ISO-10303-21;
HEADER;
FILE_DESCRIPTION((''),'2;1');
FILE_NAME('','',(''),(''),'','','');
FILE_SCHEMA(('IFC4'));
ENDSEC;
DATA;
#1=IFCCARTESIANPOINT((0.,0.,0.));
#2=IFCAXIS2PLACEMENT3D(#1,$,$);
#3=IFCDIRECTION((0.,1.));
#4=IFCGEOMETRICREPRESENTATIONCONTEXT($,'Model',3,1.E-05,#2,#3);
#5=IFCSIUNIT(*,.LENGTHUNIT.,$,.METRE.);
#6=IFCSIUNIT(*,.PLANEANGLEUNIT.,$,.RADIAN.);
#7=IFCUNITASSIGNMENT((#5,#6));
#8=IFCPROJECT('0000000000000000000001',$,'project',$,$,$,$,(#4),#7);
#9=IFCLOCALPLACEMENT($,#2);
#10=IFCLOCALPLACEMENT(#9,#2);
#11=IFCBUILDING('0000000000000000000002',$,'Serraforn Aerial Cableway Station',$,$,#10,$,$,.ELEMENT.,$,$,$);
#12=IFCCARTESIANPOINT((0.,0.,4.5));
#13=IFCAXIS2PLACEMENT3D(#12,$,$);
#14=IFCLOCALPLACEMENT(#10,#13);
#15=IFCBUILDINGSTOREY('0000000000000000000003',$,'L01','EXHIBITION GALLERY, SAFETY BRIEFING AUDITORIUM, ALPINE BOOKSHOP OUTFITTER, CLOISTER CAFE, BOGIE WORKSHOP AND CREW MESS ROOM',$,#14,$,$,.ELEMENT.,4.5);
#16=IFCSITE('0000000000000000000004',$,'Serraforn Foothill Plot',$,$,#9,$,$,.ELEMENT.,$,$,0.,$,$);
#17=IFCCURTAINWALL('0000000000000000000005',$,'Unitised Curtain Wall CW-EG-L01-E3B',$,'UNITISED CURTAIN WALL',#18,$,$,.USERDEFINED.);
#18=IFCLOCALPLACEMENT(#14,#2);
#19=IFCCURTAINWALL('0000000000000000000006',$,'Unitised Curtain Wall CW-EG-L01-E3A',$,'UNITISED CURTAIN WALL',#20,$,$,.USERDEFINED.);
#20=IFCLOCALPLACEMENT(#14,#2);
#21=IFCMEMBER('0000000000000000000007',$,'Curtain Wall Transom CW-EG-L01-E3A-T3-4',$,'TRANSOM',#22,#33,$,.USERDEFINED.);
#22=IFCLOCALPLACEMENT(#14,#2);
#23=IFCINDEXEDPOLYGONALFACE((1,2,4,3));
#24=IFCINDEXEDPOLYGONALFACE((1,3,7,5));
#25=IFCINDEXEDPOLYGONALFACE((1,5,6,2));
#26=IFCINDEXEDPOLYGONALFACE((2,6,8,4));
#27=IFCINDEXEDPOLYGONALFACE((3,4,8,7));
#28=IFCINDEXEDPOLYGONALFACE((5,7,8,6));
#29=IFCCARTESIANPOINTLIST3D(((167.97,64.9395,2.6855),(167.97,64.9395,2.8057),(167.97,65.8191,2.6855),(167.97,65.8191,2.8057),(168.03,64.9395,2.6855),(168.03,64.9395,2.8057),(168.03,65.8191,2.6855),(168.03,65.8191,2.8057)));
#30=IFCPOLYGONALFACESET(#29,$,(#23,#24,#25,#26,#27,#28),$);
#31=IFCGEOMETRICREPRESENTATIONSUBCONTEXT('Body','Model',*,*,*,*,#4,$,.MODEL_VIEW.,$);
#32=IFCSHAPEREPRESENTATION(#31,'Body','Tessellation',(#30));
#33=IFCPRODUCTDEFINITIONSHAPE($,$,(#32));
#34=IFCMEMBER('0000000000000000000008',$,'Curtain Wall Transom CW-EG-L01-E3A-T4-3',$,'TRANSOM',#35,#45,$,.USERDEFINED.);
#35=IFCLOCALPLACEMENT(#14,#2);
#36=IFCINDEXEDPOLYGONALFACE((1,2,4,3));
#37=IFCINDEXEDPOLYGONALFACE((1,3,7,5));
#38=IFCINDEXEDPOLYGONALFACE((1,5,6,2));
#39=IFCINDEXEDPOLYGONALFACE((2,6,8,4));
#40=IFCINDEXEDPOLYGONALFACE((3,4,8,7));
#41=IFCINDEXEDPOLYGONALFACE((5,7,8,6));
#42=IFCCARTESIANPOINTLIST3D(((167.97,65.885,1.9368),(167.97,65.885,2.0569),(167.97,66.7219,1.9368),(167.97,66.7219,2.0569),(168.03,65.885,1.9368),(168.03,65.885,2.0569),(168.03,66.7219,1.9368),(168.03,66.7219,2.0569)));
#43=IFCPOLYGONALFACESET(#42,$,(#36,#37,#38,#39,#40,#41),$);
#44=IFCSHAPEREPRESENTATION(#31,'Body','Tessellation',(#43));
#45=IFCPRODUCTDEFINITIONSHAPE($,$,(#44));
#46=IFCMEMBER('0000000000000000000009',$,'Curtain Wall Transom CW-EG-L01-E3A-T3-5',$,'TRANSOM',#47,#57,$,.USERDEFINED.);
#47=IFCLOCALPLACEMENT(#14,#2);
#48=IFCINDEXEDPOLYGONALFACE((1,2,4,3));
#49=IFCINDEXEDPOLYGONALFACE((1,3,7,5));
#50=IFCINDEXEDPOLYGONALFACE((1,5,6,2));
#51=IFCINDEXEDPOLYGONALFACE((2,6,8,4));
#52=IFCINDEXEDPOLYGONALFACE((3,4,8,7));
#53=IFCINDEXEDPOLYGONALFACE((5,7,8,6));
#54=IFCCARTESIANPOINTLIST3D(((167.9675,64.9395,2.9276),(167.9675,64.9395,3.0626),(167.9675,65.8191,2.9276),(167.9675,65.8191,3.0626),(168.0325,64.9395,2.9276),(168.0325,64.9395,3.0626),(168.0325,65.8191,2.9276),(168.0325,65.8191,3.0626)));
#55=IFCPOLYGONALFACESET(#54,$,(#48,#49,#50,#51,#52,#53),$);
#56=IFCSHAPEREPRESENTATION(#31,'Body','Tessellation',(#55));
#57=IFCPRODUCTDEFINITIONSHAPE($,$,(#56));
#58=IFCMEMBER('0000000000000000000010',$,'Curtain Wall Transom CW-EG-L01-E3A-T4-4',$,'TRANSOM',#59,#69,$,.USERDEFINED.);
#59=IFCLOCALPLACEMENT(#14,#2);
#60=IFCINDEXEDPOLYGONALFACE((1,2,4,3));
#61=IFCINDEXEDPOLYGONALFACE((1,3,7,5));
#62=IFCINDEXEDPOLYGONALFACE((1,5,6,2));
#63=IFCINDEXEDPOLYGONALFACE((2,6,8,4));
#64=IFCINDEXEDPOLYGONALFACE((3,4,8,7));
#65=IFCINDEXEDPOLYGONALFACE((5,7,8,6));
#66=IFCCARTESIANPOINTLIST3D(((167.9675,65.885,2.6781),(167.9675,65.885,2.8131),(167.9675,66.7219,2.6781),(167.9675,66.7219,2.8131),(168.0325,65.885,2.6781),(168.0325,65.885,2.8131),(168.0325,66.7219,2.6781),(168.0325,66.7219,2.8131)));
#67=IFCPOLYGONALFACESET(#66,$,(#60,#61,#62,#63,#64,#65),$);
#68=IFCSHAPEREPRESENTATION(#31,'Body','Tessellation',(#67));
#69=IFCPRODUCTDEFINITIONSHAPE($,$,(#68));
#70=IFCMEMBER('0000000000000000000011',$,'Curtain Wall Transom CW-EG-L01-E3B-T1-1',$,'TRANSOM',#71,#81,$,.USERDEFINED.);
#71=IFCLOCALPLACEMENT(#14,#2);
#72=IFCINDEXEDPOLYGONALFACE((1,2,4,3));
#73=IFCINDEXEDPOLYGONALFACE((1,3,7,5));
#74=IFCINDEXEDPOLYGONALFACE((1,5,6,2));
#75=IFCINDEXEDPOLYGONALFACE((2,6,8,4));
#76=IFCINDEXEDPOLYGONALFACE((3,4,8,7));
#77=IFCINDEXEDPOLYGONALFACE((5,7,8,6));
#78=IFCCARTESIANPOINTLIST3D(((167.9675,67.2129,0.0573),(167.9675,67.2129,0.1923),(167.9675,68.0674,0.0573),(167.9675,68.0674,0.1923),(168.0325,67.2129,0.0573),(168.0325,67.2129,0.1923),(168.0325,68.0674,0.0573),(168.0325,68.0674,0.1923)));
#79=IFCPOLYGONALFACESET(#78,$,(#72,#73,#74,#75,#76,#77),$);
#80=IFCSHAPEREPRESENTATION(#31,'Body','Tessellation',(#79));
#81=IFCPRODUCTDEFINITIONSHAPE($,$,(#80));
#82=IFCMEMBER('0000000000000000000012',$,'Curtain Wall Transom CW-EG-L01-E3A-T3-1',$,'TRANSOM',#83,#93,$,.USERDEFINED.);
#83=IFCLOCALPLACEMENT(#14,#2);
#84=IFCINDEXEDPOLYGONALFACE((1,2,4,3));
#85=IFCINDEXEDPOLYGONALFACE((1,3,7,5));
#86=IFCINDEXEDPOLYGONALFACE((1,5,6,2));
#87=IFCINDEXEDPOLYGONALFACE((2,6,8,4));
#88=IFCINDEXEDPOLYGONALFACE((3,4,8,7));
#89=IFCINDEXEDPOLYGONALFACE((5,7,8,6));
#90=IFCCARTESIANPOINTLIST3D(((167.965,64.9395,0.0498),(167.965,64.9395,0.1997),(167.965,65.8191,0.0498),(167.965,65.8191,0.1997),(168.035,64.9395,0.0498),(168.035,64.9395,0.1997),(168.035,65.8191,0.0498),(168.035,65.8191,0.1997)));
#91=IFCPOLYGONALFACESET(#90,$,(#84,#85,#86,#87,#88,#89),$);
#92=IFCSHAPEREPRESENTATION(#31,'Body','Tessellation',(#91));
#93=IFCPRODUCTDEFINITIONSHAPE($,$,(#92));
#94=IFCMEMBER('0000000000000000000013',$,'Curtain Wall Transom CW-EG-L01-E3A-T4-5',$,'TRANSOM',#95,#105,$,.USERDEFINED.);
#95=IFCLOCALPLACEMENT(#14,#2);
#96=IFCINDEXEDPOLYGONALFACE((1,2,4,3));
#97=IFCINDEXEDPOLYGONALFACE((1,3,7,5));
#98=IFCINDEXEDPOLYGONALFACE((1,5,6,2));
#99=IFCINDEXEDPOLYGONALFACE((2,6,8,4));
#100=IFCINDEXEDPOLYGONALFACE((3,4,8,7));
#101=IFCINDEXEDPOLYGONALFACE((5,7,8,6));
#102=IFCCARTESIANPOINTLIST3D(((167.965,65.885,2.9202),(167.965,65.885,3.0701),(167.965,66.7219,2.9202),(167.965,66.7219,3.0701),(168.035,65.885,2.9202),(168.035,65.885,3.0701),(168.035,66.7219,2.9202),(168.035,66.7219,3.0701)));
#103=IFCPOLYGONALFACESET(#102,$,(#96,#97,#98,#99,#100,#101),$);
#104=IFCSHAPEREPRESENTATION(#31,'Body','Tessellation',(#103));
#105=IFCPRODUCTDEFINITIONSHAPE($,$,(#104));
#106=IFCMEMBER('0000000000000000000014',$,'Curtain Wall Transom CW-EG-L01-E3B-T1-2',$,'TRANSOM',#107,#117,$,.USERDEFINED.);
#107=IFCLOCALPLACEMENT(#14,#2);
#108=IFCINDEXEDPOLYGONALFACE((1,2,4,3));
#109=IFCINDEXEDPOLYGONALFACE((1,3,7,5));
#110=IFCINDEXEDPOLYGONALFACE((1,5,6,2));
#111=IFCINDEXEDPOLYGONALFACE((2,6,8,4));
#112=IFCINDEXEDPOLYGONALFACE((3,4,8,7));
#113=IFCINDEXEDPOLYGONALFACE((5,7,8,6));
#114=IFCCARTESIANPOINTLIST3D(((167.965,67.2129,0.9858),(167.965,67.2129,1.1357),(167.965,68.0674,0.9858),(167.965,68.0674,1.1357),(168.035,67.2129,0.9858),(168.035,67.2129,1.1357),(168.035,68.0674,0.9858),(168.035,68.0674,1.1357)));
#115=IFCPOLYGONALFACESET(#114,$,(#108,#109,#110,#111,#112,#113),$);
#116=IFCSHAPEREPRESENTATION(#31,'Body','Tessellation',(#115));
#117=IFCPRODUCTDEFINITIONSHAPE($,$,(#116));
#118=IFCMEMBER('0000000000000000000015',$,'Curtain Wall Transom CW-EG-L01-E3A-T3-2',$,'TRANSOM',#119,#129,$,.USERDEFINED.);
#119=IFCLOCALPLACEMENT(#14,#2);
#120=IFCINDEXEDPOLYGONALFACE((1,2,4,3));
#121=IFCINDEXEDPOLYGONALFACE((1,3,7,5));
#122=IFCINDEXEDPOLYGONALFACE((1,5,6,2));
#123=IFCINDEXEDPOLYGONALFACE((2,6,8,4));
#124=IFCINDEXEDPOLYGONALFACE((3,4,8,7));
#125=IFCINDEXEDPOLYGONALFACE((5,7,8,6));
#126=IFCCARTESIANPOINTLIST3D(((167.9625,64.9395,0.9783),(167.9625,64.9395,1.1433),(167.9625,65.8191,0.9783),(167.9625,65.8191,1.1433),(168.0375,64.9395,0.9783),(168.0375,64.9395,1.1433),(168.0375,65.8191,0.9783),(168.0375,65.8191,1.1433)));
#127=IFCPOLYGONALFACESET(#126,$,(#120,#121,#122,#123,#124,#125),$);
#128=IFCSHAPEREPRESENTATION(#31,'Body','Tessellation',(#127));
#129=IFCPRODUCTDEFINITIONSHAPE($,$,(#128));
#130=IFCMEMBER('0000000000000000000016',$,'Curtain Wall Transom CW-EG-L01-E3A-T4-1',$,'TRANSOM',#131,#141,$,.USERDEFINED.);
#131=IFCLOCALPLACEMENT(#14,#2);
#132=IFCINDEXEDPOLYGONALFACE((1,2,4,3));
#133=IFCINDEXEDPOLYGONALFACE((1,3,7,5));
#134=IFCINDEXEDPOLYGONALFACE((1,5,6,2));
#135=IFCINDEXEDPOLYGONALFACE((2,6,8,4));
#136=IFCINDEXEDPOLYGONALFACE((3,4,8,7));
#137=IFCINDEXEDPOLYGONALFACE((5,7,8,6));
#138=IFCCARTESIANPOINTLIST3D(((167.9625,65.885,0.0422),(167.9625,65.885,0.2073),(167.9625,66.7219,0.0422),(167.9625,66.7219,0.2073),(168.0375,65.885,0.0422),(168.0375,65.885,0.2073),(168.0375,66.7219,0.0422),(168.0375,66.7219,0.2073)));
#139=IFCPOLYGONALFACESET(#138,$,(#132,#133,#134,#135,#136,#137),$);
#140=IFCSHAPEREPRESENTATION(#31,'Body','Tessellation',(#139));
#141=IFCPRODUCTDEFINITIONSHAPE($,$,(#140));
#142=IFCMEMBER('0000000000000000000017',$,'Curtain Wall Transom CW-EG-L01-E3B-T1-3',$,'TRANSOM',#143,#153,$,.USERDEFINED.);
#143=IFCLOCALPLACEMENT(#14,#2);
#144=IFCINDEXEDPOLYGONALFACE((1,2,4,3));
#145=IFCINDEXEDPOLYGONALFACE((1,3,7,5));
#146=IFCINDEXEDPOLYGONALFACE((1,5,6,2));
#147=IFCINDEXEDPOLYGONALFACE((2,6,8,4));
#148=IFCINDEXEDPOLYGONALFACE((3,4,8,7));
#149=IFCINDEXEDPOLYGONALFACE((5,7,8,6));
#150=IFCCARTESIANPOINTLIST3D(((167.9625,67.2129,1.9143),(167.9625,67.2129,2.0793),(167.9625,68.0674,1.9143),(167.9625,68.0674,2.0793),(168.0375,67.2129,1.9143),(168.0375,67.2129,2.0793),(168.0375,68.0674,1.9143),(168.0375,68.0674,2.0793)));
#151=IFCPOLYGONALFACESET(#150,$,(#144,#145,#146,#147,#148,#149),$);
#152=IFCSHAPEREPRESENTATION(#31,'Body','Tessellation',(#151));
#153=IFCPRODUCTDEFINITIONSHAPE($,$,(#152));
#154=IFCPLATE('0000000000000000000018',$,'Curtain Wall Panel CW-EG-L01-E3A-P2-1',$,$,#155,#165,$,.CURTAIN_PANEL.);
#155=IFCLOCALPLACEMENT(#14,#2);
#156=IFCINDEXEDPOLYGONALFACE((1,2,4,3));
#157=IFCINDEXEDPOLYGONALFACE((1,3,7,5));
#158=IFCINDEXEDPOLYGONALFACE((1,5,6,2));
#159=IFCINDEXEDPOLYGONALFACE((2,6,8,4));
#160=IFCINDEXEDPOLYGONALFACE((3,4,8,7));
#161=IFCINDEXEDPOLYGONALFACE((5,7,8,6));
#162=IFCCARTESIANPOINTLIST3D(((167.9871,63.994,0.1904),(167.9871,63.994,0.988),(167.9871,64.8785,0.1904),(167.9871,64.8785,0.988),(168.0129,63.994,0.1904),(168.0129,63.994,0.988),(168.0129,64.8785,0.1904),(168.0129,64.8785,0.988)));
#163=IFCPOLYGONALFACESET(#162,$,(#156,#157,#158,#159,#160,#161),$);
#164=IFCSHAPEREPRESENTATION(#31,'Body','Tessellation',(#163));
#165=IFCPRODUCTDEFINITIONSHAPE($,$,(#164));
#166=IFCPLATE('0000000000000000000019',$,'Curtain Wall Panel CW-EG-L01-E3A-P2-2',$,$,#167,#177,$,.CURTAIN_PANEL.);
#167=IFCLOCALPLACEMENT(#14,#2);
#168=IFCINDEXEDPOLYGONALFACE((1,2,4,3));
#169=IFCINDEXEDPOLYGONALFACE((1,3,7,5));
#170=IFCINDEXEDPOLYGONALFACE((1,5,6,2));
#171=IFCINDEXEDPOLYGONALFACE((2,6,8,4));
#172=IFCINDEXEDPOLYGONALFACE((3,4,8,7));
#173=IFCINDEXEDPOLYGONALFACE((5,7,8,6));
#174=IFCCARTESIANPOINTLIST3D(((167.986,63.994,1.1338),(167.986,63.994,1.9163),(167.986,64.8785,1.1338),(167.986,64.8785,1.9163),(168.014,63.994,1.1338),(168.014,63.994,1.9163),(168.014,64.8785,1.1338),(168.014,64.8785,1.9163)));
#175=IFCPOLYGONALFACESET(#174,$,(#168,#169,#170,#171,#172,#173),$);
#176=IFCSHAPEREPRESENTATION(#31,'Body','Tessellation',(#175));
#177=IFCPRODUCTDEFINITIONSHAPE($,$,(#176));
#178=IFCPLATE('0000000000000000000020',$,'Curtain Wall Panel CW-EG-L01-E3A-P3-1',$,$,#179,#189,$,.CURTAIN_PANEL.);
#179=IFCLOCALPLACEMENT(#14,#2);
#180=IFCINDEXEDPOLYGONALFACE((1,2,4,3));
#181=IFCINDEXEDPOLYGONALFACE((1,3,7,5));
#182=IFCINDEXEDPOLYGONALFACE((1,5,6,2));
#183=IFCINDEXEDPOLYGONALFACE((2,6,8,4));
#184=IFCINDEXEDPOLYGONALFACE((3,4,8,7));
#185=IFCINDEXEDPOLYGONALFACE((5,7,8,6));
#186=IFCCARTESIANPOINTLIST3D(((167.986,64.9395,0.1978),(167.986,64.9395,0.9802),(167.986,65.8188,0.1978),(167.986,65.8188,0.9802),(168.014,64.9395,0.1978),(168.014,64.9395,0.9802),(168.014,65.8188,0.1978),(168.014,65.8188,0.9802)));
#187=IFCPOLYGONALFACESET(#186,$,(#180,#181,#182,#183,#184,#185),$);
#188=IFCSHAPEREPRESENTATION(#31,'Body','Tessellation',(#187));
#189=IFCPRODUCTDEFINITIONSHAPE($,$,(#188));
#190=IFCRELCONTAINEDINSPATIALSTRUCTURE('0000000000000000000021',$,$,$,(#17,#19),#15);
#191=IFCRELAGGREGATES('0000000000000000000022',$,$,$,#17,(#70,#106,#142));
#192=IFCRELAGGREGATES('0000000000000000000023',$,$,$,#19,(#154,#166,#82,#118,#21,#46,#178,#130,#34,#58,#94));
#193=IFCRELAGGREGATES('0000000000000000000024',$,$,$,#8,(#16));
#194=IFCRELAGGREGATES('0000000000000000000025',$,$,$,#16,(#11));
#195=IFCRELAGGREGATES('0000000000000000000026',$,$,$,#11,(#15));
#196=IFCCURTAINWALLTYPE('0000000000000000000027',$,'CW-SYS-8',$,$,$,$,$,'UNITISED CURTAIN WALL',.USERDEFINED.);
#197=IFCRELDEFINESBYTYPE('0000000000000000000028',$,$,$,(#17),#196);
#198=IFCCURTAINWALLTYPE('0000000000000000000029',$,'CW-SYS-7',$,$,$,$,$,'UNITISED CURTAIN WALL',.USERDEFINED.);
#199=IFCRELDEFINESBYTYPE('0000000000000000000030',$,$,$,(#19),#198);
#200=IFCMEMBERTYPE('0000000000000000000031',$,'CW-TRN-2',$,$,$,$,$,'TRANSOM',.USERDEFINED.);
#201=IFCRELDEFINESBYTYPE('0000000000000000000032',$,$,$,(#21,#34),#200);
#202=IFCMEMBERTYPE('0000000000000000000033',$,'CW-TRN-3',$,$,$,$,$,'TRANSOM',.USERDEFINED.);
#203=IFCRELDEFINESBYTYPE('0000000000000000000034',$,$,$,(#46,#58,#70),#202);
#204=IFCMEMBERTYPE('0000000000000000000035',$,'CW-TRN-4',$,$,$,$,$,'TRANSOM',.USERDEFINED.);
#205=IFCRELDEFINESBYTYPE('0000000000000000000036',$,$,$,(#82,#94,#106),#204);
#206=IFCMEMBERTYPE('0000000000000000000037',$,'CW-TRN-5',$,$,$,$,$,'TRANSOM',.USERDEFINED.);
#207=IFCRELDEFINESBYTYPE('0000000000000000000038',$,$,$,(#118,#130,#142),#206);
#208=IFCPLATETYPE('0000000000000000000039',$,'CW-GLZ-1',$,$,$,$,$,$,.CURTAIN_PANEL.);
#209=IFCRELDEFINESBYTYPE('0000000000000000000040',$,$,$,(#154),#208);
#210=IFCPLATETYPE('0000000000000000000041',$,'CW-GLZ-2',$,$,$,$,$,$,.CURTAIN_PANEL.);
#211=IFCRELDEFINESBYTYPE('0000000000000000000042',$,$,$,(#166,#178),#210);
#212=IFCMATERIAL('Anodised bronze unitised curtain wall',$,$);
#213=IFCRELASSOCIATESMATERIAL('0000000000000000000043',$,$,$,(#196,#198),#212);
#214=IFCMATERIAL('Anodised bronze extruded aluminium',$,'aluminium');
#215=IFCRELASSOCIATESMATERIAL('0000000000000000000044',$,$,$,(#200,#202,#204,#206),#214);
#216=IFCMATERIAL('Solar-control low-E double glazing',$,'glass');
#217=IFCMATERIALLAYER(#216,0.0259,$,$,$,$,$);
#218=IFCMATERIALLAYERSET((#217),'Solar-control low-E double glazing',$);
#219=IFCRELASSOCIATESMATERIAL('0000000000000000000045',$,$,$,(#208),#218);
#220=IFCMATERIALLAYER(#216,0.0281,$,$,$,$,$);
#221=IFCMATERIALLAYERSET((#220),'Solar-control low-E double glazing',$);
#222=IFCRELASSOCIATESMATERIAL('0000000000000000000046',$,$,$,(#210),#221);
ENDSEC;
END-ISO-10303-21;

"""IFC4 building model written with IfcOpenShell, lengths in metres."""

from ifc_helpers import new_model, si_unit, direction, frame, origin, origin_2d, place, context, subcontext, project, spatial, rectangle, extrude, material, layer, layer_set, material_profile, profile_set, type_object, element, aggregate, save


model = new_model("IFC4")

# Units and contexts
model_context = context("Model", 3, precision=1e-05, world=origin(), true_north=direction((0.0, 1.0)))
body_context = subcontext(model_context, "Body", "Model", "MODEL_VIEW")
ifc_project = project(units=[si_unit("LENGTHUNIT", "METRE"), si_unit("PLANEANGLEUNIT", "RADIAN")], contexts=[model_context])

# Site, building, storey
site_placement = place(None, origin())
site = spatial("IfcSite", under=ifc_project, at=site_placement, Name="Serraforn Foothill Plot", CompositionType="ELEMENT", RefElevation=0.0)
building_placement = place(site_placement, origin())
building = spatial("IfcBuilding", under=site, at=building_placement, Name="Serraforn Aerial Cableway Station", CompositionType="ELEMENT")
storey_placement = place(building_placement, frame((0.0, 0.0, 4.5)))
storey = spatial("IfcBuildingStorey", under=building, at=storey_placement, Name="L01", Description="EXHIBITION GALLERY, SAFETY BRIEFING AUDITORIUM, ALPINE BOOKSHOP OUTFITTER, CLOISTER CAFE, BOGIE WORKSHOP AND CREW MESS ROOM", CompositionType="ELEMENT", Elevation=4.5)

# Curtain wall
ifc_material_1 = material(Name="Anodised bronze unitised curtain wall")
curtain_wall_type_1 = type_object("IfcCurtainWallType", Name="CW-SYS-8", ElementType="UNITISED CURTAIN WALL", PredefinedType="USERDEFINED", material=ifc_material_1)
curtain_wall_1_placement = place(storey_placement, origin())
curtain_wall_1 = element("IfcCurtainWall", 1, at=curtain_wall_1_placement, inside=storey, type_object=curtain_wall_type_1, Name="Unitised Curtain Wall CW-EG-L01-E3B", ObjectType="UNITISED CURTAIN WALL", PredefinedType="USERDEFINED")
ifc_material_2 = material(Name="Anodised bronze extruded aluminium", Category="aluminium")

# Curtain wall, members
curtain_wall_type_2 = type_object("IfcCurtainWallType", Name="CW-SYS-7", ElementType="UNITISED CURTAIN WALL", PredefinedType="USERDEFINED", material=ifc_material_1)
curtain_wall_2_placement = place(storey_placement, origin())
curtain_wall_2 = element("IfcCurtainWall", 2, at=curtain_wall_2_placement, inside=storey, type_object=curtain_wall_type_2, Name="Unitised Curtain Wall CW-EG-L01-E3A", ObjectType="UNITISED CURTAIN WALL", PredefinedType="USERDEFINED")
ifc_material_profile_1 = material_profile(ifc_material_2, rectangle(XDim=0.0601, YDim=0.1201, at=origin_2d()), Name="CW TRANSOM 60x120")
ifc_profile_set_1 = profile_set([ifc_material_profile_1], Name="Anodised bronze extruded aluminium")
member_type_1 = type_object("IfcMemberType", Name="CW-TRN-2", ElementType="TRANSOM", PredefinedType="USERDEFINED", material=ifc_profile_set_1)
member_1_placement = place(storey_placement, frame((168.0, 64.9395, 2.7456), z_axis=(0.0, 1.0, 0.0), x_axis=(-1.0, 0.0, 0.0)))
member_1 = element("IfcMember", 3, at=member_1_placement, type_object=member_type_1, Name="Curtain Wall Transom CW-EG-L01-E3A-T3-4", ObjectType="TRANSOM", PredefinedType="USERDEFINED", context=body_context, shape_type="SweptSolid", body=[
    extrude(rectangle(XDim=0.0601, YDim=0.1201, at=origin_2d()), origin(), (0.0, 0.0, 1.0), 0.8796),
])
member_2_placement = place(storey_placement, frame((168.0, 65.885, 1.9968), z_axis=(0.0, 1.0, 0.0), x_axis=(-1.0, 0.0, 0.0)))
member_2 = element("IfcMember", 4, at=member_2_placement, type_object=member_type_1, Name="Curtain Wall Transom CW-EG-L01-E3A-T4-3", ObjectType="TRANSOM", PredefinedType="USERDEFINED", context=body_context, shape_type="SweptSolid", body=[
    extrude(rectangle(XDim=0.0601, YDim=0.1201, at=origin_2d()), origin(), (0.0, 0.0, 1.0), 0.8369),
])
ifc_material_profile_2 = material_profile(ifc_material_2, rectangle(XDim=0.0649, YDim=0.135, at=origin_2d()), Name="CW TRANSOM 65x135")
ifc_profile_set_2 = profile_set([ifc_material_profile_2], Name="Anodised bronze extruded aluminium")
member_type_2 = type_object("IfcMemberType", Name="CW-TRN-3", ElementType="TRANSOM", PredefinedType="USERDEFINED", material=ifc_profile_set_2)
member_3_placement = place(storey_placement, frame((168.0, 64.9395, 2.9951), z_axis=(0.0, 1.0, 0.0), x_axis=(-1.0, 0.0, 0.0)))
member_3 = element("IfcMember", 5, at=member_3_placement, type_object=member_type_2, Name="Curtain Wall Transom CW-EG-L01-E3A-T3-5", ObjectType="TRANSOM", PredefinedType="USERDEFINED", context=body_context, shape_type="SweptSolid", body=[
    extrude(rectangle(XDim=0.0649, YDim=0.135, at=origin_2d()), origin(), (0.0, 0.0, 1.0), 0.8796),
])
member_4_placement = place(storey_placement, frame((168.0, 65.885, 2.7456), z_axis=(0.0, 1.0, 0.0), x_axis=(-1.0, 0.0, 0.0)))
member_4 = element("IfcMember", 6, at=member_4_placement, type_object=member_type_2, Name="Curtain Wall Transom CW-EG-L01-E3A-T4-4", ObjectType="TRANSOM", PredefinedType="USERDEFINED", context=body_context, shape_type="SweptSolid", body=[
    extrude(rectangle(XDim=0.0649, YDim=0.135, at=origin_2d()), origin(), (0.0, 0.0, 1.0), 0.8369),
])

# Members
member_5_placement = place(storey_placement, frame((168.0, 67.2129, 0.1248), z_axis=(0.0, 1.0, 0.0), x_axis=(-1.0, 0.0, 0.0)))
member_5 = element("IfcMember", 7, at=member_5_placement, type_object=member_type_2, Name="Curtain Wall Transom CW-EG-L01-E3B-T1-1", ObjectType="TRANSOM", PredefinedType="USERDEFINED", context=body_context, shape_type="SweptSolid", body=[
    extrude(rectangle(XDim=0.0649, YDim=0.135, at=origin_2d()), origin(), (0.0, 0.0, 1.0), 0.8545),
])
ifc_material_profile_3 = material_profile(ifc_material_2, rectangle(XDim=0.0701, YDim=0.1499, at=origin_2d()), Name="CW TRANSOM 70x150")
ifc_profile_set_3 = profile_set([ifc_material_profile_3], Name="Anodised bronze extruded aluminium")
member_type_3 = type_object("IfcMemberType", Name="CW-TRN-4", ElementType="TRANSOM", PredefinedType="USERDEFINED", material=ifc_profile_set_3)
member_6_placement = place(storey_placement, frame((168.0, 64.9395, 0.1248), z_axis=(0.0, 1.0, 0.0), x_axis=(-1.0, 0.0, 0.0)))
member_6 = element("IfcMember", 8, at=member_6_placement, type_object=member_type_3, Name="Curtain Wall Transom CW-EG-L01-E3A-T3-1", ObjectType="TRANSOM", PredefinedType="USERDEFINED", context=body_context, shape_type="SweptSolid", body=[
    extrude(rectangle(XDim=0.0701, YDim=0.1499, at=origin_2d()), origin(), (0.0, 0.0, 1.0), 0.8796),
])
member_7_placement = place(storey_placement, frame((168.0, 65.885, 2.9951), z_axis=(0.0, 1.0, 0.0), x_axis=(-1.0, 0.0, 0.0)))
member_7 = element("IfcMember", 9, at=member_7_placement, type_object=member_type_3, Name="Curtain Wall Transom CW-EG-L01-E3A-T4-5", ObjectType="TRANSOM", PredefinedType="USERDEFINED", context=body_context, shape_type="SweptSolid", body=[
    extrude(rectangle(XDim=0.0701, YDim=0.1499, at=origin_2d()), origin(), (0.0, 0.0, 1.0), 0.8369),
])
member_8_placement = place(storey_placement, frame((168.0, 67.2129, 1.0608), z_axis=(0.0, 1.0, 0.0), x_axis=(-1.0, 0.0, 0.0)))
member_8 = element("IfcMember", 10, at=member_8_placement, type_object=member_type_3, Name="Curtain Wall Transom CW-EG-L01-E3B-T1-2", ObjectType="TRANSOM", PredefinedType="USERDEFINED", context=body_context, shape_type="SweptSolid", body=[
    extrude(rectangle(XDim=0.0701, YDim=0.1499, at=origin_2d()), origin(), (0.0, 0.0, 1.0), 0.8545),
])
ifc_material_profile_4 = material_profile(ifc_material_2, rectangle(XDim=0.075, YDim=0.165, at=origin_2d()), Name="CW TRANSOM 75x165")
ifc_profile_set_4 = profile_set([ifc_material_profile_4], Name="Anodised bronze extruded aluminium")
member_type_4 = type_object("IfcMemberType", Name="CW-TRN-5", ElementType="TRANSOM", PredefinedType="USERDEFINED", material=ifc_profile_set_4)
member_9_placement = place(storey_placement, frame((168.0, 64.9395, 1.0608), z_axis=(0.0, 1.0, 0.0), x_axis=(-1.0, 0.0, 0.0)))
member_9 = element("IfcMember", 11, at=member_9_placement, type_object=member_type_4, Name="Curtain Wall Transom CW-EG-L01-E3A-T3-2", ObjectType="TRANSOM", PredefinedType="USERDEFINED", context=body_context, shape_type="SweptSolid", body=[
    extrude(rectangle(XDim=0.075, YDim=0.165, at=origin_2d()), origin(), (0.0, 0.0, 1.0), 0.8796),
])
member_10_placement = place(storey_placement, frame((168.0, 65.885, 0.1248), z_axis=(0.0, 1.0, 0.0), x_axis=(-1.0, 0.0, 0.0)))
member_10 = element("IfcMember", 12, at=member_10_placement, type_object=member_type_4, Name="Curtain Wall Transom CW-EG-L01-E3A-T4-1", ObjectType="TRANSOM", PredefinedType="USERDEFINED", context=body_context, shape_type="SweptSolid", body=[
    extrude(rectangle(XDim=0.075, YDim=0.165, at=origin_2d()), origin(), (0.0, 0.0, 1.0), 0.8369),
])
member_11_placement = place(storey_placement, frame((168.0, 67.2129, 1.9968), z_axis=(0.0, 1.0, 0.0), x_axis=(-1.0, 0.0, 0.0)))
member_11 = element("IfcMember", 13, at=member_11_placement, type_object=member_type_4, Name="Curtain Wall Transom CW-EG-L01-E3B-T1-3", ObjectType="TRANSOM", PredefinedType="USERDEFINED", context=body_context, shape_type="SweptSolid", body=[
    extrude(rectangle(XDim=0.075, YDim=0.165, at=origin_2d()), origin(), (0.0, 0.0, 1.0), 0.8545),
])
aggregate(curtain_wall_1, [member_5, member_8, member_11])

# Plates
ifc_material_3 = material(Name="Solar-control low-E double glazing", Category="glass")
ifc_layer_1 = layer(ifc_material_3, 0.0259)
ifc_layer_set_1 = layer_set([ifc_layer_1], Name="Solar-control low-E double glazing")
plate_type_1 = type_object("IfcPlateType", Name="CW-GLZ-1", PredefinedType="CURTAIN_PANEL", material=ifc_layer_set_1)
plate_1_placement = place(storey_placement, frame((168.0, 64.4363, 0.1904), z_axis=(0.0, 0.0, 1.0), x_axis=(1.0, 0.0, 0.0)))
plate_1 = element("IfcPlate", 14, at=plate_1_placement, type_object=plate_type_1, Name="Curtain Wall Panel CW-EG-L01-E3A-P2-1", PredefinedType="CURTAIN_PANEL", context=body_context, shape_type="SweptSolid", body=[
    extrude(rectangle(XDim=0.0259, YDim=0.8845, at=origin_2d()), origin(), (0.0, 0.0, 1.0), 0.7976),
])
ifc_layer_2 = layer(ifc_material_3, 0.0281)
ifc_layer_set_2 = layer_set([ifc_layer_2], Name="Solar-control low-E double glazing")
plate_type_2 = type_object("IfcPlateType", Name="CW-GLZ-2", PredefinedType="CURTAIN_PANEL", material=ifc_layer_set_2)
plate_2_placement = place(storey_placement, frame((168.0, 64.4363, 1.1338), z_axis=(0.0, 0.0, 1.0), x_axis=(1.0, 0.0, 0.0)))
plate_2 = element("IfcPlate", 15, at=plate_2_placement, type_object=plate_type_2, Name="Curtain Wall Panel CW-EG-L01-E3A-P2-2", PredefinedType="CURTAIN_PANEL", context=body_context, shape_type="SweptSolid", body=[
    extrude(rectangle(XDim=0.0281, YDim=0.8845, at=origin_2d()), origin(), (0.0, 0.0, 1.0), 0.7825),
])
plate_3_placement = place(storey_placement, frame((168.0, 65.3792, 0.1978), z_axis=(0.0, 0.0, 1.0), x_axis=(1.0, 0.0, 0.0)))
plate_3 = element("IfcPlate", 16, at=plate_3_placement, type_object=plate_type_2, Name="Curtain Wall Panel CW-EG-L01-E3A-P3-1", PredefinedType="CURTAIN_PANEL", context=body_context, shape_type="SweptSolid", body=[
    extrude(rectangle(XDim=0.0281, YDim=0.8794, at=origin_2d()), origin(), (0.0, 0.0, 1.0), 0.7825),
])
aggregate(curtain_wall_2, [plate_1, plate_2, member_6, member_9, member_1, member_3, plate_3, member_10, member_2, member_4, member_7])

save(model, "model.ifc")
